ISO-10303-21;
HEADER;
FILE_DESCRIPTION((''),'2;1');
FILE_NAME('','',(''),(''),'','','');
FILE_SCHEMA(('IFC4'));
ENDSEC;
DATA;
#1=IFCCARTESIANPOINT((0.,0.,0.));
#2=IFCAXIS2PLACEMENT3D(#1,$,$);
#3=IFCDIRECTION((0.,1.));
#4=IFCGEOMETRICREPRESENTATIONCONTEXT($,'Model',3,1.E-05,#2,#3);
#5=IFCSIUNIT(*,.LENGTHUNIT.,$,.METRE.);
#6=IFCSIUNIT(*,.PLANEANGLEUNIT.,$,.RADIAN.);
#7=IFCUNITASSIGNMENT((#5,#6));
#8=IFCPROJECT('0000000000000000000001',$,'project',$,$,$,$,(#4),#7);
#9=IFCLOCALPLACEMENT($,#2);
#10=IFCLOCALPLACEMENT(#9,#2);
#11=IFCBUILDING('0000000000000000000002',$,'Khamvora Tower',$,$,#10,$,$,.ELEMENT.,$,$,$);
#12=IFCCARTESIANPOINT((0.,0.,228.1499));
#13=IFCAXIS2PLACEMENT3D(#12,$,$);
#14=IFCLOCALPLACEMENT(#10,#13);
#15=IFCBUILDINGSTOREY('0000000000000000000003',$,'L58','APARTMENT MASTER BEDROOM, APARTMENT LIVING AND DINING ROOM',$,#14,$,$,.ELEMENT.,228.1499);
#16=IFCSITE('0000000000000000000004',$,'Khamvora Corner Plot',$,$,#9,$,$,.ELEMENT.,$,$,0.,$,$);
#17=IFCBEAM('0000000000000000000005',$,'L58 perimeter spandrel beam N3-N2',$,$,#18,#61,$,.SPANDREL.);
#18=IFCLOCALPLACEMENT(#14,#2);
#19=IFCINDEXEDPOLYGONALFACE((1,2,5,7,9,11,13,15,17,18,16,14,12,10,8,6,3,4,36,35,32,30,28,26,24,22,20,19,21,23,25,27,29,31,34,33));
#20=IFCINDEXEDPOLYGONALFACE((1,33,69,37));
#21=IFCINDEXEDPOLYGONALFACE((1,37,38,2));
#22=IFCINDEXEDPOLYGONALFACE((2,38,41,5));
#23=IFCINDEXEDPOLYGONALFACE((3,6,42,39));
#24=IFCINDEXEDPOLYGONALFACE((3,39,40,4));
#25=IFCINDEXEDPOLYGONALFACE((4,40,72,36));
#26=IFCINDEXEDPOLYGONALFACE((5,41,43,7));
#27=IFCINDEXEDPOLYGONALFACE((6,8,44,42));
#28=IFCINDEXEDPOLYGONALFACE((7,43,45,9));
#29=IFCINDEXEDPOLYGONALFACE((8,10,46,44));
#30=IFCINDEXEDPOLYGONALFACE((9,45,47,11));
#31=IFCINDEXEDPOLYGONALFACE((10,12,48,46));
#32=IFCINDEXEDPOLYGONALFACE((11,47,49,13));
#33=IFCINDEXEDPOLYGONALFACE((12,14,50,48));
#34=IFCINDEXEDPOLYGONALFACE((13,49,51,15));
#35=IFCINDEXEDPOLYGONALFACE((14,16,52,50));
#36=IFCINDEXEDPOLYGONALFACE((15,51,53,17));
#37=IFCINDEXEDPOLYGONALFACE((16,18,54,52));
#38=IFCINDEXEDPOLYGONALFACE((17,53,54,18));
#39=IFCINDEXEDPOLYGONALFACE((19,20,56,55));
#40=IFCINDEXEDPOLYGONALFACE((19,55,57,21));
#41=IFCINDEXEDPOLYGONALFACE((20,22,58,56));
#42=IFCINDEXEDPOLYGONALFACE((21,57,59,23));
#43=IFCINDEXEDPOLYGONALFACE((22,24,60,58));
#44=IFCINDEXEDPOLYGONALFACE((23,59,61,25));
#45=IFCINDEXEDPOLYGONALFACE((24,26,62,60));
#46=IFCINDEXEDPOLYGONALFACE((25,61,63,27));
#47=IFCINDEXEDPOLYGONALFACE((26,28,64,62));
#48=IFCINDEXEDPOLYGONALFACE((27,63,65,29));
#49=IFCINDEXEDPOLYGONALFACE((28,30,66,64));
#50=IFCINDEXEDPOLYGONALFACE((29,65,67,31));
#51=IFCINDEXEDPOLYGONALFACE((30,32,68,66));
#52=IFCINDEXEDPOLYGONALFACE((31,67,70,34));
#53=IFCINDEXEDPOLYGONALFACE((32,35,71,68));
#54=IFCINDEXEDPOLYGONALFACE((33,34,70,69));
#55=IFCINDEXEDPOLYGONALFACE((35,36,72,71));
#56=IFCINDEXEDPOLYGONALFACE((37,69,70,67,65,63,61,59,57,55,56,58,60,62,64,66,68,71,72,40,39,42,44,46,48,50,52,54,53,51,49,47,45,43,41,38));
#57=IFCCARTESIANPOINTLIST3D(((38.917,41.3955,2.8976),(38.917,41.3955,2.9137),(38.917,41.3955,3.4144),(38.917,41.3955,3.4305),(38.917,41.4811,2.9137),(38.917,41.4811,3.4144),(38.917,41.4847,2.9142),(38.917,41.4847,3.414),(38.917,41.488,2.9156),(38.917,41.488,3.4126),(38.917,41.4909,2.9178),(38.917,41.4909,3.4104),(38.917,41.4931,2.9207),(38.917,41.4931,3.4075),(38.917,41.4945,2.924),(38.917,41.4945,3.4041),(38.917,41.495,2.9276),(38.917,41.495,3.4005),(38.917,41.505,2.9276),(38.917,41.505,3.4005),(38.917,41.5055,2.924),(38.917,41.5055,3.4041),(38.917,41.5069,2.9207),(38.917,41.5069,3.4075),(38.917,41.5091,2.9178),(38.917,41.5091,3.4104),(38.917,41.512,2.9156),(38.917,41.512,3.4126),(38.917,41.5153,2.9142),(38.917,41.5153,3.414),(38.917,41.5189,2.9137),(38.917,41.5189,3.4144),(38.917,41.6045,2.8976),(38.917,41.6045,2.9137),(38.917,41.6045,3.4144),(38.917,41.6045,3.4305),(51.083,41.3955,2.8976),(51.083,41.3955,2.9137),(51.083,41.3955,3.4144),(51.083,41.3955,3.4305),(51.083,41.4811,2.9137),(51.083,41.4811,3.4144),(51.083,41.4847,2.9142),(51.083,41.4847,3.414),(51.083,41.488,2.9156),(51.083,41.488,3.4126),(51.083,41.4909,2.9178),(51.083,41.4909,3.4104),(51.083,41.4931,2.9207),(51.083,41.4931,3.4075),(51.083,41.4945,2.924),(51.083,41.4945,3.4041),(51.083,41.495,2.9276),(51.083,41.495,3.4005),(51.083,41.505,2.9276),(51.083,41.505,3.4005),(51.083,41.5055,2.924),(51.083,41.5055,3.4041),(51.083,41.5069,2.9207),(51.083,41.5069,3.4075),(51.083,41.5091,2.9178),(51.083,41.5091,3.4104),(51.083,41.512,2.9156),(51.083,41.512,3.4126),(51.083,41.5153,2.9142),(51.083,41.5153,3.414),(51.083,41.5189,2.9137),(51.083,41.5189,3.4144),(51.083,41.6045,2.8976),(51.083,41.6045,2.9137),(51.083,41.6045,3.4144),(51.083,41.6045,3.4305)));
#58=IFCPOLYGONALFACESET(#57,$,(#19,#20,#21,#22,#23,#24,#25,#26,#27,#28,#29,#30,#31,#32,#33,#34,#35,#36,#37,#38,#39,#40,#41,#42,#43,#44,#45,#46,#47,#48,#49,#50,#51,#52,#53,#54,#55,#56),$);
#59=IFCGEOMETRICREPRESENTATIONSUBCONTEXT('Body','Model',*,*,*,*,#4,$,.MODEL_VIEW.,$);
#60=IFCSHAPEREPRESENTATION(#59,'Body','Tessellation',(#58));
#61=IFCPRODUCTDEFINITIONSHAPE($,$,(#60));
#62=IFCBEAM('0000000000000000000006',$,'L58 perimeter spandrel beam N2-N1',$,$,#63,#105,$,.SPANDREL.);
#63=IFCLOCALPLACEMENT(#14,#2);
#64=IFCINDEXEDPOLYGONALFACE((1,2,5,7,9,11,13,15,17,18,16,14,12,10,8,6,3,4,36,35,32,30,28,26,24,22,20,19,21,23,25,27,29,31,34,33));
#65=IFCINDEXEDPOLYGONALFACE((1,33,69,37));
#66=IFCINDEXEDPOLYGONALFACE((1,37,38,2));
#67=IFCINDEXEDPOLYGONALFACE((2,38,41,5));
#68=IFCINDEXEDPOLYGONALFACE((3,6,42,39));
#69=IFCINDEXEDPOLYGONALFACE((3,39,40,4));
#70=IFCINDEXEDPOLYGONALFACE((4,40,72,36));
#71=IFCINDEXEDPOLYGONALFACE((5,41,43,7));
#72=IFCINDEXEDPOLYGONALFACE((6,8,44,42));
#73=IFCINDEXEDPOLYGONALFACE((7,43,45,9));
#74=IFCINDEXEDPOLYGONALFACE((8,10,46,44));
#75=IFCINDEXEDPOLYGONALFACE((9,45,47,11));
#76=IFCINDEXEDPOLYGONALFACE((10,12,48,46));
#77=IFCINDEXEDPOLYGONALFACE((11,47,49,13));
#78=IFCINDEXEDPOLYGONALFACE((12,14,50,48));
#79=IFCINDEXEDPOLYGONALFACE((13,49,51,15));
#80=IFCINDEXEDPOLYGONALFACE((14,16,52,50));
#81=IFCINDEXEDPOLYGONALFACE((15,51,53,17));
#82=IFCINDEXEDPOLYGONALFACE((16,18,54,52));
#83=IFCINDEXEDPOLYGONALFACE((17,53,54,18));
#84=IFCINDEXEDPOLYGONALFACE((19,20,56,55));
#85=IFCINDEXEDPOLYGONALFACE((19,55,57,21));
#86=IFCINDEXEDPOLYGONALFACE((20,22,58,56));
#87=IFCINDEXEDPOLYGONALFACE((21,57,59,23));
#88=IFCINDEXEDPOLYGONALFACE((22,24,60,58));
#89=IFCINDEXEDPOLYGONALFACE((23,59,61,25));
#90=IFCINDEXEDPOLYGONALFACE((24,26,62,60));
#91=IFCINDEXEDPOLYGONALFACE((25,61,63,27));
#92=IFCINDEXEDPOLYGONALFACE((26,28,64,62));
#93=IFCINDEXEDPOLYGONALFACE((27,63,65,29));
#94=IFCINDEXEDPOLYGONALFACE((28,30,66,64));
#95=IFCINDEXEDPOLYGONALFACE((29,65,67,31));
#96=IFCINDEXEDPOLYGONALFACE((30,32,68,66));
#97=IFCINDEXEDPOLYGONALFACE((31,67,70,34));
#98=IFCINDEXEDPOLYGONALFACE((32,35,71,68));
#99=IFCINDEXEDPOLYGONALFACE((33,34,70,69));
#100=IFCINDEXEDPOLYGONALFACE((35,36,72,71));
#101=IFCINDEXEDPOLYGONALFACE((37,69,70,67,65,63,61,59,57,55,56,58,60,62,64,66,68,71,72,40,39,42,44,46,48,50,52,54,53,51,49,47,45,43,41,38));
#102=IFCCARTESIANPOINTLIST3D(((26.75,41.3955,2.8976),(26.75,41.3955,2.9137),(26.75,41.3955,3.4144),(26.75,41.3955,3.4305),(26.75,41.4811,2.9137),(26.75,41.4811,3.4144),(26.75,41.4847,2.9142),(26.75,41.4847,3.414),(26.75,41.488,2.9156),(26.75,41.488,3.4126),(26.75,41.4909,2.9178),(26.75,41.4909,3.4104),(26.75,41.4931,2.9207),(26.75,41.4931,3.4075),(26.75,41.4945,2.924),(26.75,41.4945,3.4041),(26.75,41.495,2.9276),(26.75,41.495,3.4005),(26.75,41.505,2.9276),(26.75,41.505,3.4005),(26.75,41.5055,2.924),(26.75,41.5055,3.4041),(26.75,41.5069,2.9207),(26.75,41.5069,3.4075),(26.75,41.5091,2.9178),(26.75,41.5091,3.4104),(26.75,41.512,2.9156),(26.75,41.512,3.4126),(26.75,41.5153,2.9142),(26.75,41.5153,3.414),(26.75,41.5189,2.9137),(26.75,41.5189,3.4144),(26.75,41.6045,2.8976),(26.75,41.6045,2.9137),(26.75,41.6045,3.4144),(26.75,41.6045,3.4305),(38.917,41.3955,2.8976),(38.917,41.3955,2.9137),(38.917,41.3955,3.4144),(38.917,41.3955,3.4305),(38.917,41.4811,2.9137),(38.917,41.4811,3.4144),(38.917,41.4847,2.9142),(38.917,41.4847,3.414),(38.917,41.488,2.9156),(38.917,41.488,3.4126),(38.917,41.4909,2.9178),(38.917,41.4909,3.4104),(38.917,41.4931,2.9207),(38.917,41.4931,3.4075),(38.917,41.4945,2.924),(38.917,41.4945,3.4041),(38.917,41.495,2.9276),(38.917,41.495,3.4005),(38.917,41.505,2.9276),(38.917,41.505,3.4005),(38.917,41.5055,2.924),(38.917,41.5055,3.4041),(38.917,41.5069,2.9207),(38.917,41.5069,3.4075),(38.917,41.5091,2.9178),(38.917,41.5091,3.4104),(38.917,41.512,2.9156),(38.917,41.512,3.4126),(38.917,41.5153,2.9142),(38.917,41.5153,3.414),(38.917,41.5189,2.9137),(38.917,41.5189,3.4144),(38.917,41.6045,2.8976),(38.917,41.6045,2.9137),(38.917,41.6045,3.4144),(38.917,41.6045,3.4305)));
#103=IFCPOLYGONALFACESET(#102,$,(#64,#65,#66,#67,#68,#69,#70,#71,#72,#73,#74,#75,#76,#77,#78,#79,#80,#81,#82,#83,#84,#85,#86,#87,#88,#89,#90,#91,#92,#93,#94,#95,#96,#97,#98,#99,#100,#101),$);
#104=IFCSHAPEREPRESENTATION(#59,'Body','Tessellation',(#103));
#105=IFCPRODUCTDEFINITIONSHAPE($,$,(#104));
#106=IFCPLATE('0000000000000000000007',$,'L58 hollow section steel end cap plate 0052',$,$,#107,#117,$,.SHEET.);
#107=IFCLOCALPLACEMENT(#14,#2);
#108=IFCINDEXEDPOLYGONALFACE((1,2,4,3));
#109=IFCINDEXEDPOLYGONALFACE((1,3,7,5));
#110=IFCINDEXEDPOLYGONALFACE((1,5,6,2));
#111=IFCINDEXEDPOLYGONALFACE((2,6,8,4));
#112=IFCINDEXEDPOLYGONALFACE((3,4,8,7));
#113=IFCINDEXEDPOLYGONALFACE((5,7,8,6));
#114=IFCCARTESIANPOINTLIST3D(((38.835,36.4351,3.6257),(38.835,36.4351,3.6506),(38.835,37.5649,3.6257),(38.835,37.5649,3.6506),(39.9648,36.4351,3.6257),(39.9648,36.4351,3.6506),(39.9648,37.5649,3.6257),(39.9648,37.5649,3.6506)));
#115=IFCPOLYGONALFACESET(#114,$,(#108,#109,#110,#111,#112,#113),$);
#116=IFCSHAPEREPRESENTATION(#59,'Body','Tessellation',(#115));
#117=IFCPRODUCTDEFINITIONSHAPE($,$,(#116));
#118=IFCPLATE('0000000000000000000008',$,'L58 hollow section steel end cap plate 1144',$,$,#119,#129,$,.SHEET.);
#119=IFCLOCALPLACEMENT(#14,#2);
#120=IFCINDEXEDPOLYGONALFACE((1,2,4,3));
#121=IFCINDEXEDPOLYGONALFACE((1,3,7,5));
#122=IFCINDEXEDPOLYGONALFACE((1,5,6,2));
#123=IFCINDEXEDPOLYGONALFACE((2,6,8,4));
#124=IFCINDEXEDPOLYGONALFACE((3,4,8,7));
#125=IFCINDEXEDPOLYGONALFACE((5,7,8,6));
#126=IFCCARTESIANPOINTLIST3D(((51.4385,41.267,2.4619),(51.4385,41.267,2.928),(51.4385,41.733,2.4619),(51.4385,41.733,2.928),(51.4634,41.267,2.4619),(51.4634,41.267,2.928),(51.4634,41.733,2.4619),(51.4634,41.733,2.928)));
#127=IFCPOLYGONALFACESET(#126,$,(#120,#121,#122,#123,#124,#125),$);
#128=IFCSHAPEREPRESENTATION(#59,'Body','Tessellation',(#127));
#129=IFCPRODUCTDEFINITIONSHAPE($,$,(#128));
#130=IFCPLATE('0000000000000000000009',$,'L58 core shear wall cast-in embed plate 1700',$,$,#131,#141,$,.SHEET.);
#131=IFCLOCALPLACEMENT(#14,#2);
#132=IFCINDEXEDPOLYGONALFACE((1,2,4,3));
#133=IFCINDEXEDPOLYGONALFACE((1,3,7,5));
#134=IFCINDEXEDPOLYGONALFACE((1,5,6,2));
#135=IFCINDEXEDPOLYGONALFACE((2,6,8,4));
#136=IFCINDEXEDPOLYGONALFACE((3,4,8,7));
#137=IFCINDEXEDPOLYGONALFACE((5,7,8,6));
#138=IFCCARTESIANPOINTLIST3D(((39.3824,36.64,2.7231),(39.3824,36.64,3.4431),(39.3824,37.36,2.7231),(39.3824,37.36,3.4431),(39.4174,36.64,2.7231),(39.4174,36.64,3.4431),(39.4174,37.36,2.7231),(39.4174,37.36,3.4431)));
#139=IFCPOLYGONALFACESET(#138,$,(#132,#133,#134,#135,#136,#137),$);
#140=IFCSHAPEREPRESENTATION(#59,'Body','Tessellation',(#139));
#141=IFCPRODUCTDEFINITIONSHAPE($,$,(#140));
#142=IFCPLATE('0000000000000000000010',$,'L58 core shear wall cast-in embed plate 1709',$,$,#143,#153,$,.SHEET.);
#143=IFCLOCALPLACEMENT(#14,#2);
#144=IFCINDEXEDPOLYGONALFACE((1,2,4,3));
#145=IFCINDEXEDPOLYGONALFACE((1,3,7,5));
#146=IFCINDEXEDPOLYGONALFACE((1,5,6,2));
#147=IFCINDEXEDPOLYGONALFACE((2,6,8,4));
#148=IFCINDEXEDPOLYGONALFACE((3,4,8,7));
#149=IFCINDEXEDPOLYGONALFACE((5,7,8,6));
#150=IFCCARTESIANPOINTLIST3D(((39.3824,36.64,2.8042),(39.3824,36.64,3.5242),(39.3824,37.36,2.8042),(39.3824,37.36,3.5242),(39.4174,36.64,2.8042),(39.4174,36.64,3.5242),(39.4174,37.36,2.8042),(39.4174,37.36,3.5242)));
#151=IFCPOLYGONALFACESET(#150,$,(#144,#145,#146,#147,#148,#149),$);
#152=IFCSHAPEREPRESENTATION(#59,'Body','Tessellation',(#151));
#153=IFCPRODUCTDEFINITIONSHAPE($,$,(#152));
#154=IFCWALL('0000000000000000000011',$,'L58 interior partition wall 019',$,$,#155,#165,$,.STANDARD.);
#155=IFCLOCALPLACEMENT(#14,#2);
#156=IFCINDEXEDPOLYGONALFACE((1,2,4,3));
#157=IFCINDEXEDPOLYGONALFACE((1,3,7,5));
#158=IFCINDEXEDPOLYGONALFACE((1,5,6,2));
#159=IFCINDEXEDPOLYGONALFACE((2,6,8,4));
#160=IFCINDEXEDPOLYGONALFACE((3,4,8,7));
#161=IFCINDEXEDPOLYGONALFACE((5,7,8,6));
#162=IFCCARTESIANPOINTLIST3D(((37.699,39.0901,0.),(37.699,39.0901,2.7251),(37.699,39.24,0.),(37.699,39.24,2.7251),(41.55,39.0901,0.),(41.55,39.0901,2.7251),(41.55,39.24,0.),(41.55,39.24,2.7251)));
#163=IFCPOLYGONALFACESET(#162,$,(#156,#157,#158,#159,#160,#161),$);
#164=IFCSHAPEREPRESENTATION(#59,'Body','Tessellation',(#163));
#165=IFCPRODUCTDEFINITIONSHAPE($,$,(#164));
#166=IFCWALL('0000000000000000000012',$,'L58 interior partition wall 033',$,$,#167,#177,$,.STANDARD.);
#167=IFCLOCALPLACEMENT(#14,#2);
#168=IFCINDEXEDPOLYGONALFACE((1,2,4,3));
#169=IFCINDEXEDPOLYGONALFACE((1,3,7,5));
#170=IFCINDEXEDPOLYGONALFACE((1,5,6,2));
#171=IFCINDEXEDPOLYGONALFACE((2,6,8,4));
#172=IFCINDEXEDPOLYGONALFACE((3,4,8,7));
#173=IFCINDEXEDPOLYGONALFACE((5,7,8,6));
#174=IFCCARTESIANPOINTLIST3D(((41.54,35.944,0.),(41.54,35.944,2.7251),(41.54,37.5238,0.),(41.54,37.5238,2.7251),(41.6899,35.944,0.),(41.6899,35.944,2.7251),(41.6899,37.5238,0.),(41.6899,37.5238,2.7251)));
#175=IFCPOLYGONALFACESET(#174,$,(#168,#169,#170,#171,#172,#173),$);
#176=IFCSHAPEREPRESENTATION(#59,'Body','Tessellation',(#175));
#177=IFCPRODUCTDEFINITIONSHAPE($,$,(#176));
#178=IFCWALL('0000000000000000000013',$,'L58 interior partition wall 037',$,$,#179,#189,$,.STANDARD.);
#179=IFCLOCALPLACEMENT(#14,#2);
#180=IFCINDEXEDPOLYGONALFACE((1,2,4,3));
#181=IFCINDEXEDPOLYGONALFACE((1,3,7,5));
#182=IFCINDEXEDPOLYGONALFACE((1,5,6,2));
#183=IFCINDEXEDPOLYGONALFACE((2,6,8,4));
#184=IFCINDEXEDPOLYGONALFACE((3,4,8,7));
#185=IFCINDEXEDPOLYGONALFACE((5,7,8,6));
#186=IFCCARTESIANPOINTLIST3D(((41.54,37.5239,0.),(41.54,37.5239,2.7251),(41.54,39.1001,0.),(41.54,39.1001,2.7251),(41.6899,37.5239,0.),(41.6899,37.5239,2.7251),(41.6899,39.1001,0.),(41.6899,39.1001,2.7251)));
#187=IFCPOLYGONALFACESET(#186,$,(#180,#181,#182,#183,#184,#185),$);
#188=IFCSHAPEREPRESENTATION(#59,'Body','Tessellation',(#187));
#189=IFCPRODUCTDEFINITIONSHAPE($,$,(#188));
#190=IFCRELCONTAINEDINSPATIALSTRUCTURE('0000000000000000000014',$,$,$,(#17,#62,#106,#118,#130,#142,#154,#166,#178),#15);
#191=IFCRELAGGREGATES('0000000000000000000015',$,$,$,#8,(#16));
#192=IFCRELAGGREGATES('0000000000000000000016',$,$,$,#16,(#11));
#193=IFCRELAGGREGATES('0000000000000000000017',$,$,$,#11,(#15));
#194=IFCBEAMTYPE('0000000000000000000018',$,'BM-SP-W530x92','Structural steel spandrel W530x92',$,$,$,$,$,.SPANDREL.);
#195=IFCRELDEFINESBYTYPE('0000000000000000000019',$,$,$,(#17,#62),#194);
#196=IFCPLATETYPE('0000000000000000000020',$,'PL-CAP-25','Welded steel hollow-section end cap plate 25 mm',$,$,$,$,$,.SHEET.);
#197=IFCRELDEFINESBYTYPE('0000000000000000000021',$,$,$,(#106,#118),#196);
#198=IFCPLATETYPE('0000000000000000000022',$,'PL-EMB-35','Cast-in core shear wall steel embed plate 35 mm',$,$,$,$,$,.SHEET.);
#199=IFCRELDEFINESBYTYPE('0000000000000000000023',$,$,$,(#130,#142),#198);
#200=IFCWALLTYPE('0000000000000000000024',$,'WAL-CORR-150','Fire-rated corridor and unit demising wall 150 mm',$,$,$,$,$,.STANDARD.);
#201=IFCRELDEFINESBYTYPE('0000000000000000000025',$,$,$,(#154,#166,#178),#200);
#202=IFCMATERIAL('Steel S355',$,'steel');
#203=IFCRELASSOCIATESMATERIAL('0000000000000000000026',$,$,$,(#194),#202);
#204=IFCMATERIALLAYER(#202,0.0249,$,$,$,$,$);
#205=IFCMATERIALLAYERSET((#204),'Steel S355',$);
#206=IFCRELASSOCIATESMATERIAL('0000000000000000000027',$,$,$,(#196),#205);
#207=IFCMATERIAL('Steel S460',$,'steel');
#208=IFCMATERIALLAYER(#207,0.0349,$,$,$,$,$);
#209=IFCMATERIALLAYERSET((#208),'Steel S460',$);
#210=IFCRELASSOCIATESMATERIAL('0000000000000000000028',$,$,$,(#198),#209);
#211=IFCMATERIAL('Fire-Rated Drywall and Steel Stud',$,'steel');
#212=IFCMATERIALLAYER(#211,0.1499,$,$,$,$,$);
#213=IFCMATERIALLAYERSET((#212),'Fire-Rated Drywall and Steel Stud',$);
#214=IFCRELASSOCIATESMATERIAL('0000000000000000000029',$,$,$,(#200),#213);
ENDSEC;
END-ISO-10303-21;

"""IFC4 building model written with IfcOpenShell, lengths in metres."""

from ifc_helpers import new_model, si_unit, direction, frame, frame_2d, origin, origin_2d, place, context, subcontext, project, spatial, rectangle, i_section, extrude, material, layer, layer_set, material_profile, profile_set, type_object, element, save


model = new_model("IFC4")

# Units and contexts
model_context = context("Model", 3, precision=1e-05, world=origin(), true_north=direction((0.0, 1.0)))
body_context = subcontext(model_context, "Body", "Model", "MODEL_VIEW")
ifc_project = project(units=[si_unit("LENGTHUNIT", "METRE"), si_unit("PLANEANGLEUNIT", "RADIAN")], contexts=[model_context])

# Site, building, storey
site_placement = place(None, origin())
site = spatial("IfcSite", under=ifc_project, at=site_placement, Name="Khamvora Corner Plot", CompositionType="ELEMENT", RefElevation=0.0)
building_placement = place(site_placement, origin())
building = spatial("IfcBuilding", under=site, at=building_placement, Name="Khamvora Tower", CompositionType="ELEMENT")
storey_placement = place(building_placement, frame((0.0, 0.0, 228.1499)))
storey = spatial("IfcBuildingStorey", under=building, at=storey_placement, Name="L58", Description="APARTMENT MASTER BEDROOM, APARTMENT LIVING AND DINING ROOM", CompositionType="ELEMENT", Elevation=228.1499)

# Shared definitions
ifc_material_1 = material(Name="Steel S355", Category="steel")

# Beams
ifc_material_profile_1 = material_profile(ifc_material_1, i_section(OverallWidth=0.209, OverallDepth=0.533, WebThickness=0.01, FlangeThickness=0.0161, FilletRadius=0.0139, at=origin_2d()), Name="W530x92")
ifc_profile_set_1 = profile_set([ifc_material_profile_1], Name="Steel S355")
beam_type_1 = type_object("IfcBeamType", Name="BM-SP-W530x92", Description="Structural steel spandrel W530x92", PredefinedType="SPANDREL", material=ifc_profile_set_1)
beam_1_placement = place(storey_placement, frame((51.083, 41.5, 3.1641), z_axis=(-1.0, 0.0, 0.0), x_axis=(0.0, -1.0, 0.0)))
element("IfcBeam", 1, at=beam_1_placement, inside=storey, type_object=beam_type_1, Name="L58 perimeter spandrel beam N3-N2", PredefinedType="SPANDREL", context=body_context, shape_type="SweptSolid", body=[
    extrude(i_section(OverallWidth=0.209, OverallDepth=0.533, WebThickness=0.01, FlangeThickness=0.0161, FilletRadius=0.0139, at=origin_2d()), origin(), (0.0, 0.0, 1.0), 12.166),
])
beam_2_placement = place(storey_placement, frame((38.917, 41.5, 3.1641), z_axis=(-1.0, 0.0, 0.0), x_axis=(0.0, -1.0, 0.0)))
element("IfcBeam", 2, at=beam_2_placement, inside=storey, type_object=beam_type_1, Name="L58 perimeter spandrel beam N2-N1", PredefinedType="SPANDREL", context=body_context, shape_type="SweptSolid", body=[
    extrude(i_section(OverallWidth=0.209, OverallDepth=0.533, WebThickness=0.01, FlangeThickness=0.0161, FilletRadius=0.0139, at=origin_2d()), origin(), (0.0, 0.0, 1.0), 12.167),
])

# Plates
ifc_layer_1 = layer(ifc_material_1, 0.0249)
ifc_layer_set_1 = layer_set([ifc_layer_1], Name="Steel S355")
plate_type_1 = type_object("IfcPlateType", Name="PL-CAP-25", Description="Welded steel hollow-section end cap plate 25 mm", PredefinedType="SHEET", material=ifc_layer_set_1)
plate_1_placement = place(storey_placement, frame((39.3999, 37.0, 3.6257), z_axis=(0.0, 0.0, 1.0), x_axis=(1.0, 0.0, 0.0)))
element("IfcPlate", 3, at=plate_1_placement, inside=storey, type_object=plate_type_1, Name="L58 hollow section steel end cap plate 0052", PredefinedType="SHEET", context=body_context, shape_type="SweptSolid", body=[
    extrude(rectangle(XDim=1.1299, YDim=1.1299, at=origin_2d()), origin(), (0.0, 0.0, 1.0), 0.0249),
])
plate_2_placement = place(storey_placement, frame((51.4509, 41.5, 2.4619), z_axis=(0.0, 0.0, 1.0), x_axis=(1.0, 0.0, 0.0)))
element("IfcPlate", 4, at=plate_2_placement, inside=storey, type_object=plate_type_1, Name="L58 hollow section steel end cap plate 1144", PredefinedType="SHEET", context=body_context, shape_type="SweptSolid", body=[
    extrude(rectangle(XDim=0.0249, YDim=0.4661, at=origin_2d()), origin(), (0.0, 0.0, 1.0), 0.4661),
])
ifc_material_2 = material(Name="Steel S460", Category="steel")
ifc_layer_2 = layer(ifc_material_2, 0.0349)
ifc_layer_set_2 = layer_set([ifc_layer_2], Name="Steel S460")
plate_type_2 = type_object("IfcPlateType", Name="PL-EMB-35", Description="Cast-in core shear wall steel embed plate 35 mm", PredefinedType="SHEET", material=ifc_layer_set_2)
for number, where, z_axis, x_axis, name in (
    (5, (39.3999, 37.0, 2.7231), (0.0, 0.0, 1.0), (1.0, 0.0, 0.0), "L58 core shear wall cast-in embed plate 1700"),
    (6, (39.3999, 37.0, 2.8042), (0.0, 0.0, 1.0), (1.0, 0.0, 0.0), "L58 core shear wall cast-in embed plate 1709"),
):
    element("IfcPlate", number, at=place(storey_placement, frame(where, z_axis=z_axis, x_axis=x_axis)), inside=storey, type_object=plate_type_2, Name=name, PredefinedType="SHEET", context=body_context, shape_type="SweptSolid", body=[
        extrude(rectangle(XDim=0.0349, YDim=0.72, at=origin_2d()), origin(), (0.0, 0.0, 1.0), 0.72),
    ])

# Walls
ifc_material_3 = material(Name="Fire-Rated Drywall and Steel Stud", Category="steel")
ifc_layer_3 = layer(ifc_material_3, 0.1499)
ifc_layer_set_3 = layer_set([ifc_layer_3], Name="Fire-Rated Drywall and Steel Stud")
wall_type_1 = type_object("IfcWallType", Name="WAL-CORR-150", Description="Fire-rated corridor and unit demising wall 150 mm", PredefinedType="STANDARD", material=ifc_layer_set_3)
wall_1_placement = place(storey_placement, frame((37.699, 39.165, 0.0), z_axis=(0.0, 0.0, 1.0), x_axis=(1.0, 0.0, 0.0)))
element("IfcWall", 7, at=wall_1_placement, inside=storey, type_object=wall_type_1, Name="L58 interior partition wall 019", PredefinedType="STANDARD", context=body_context, shape_type="SweptSolid", body=[
    extrude(rectangle(XDim=3.8511, YDim=0.1499, at=frame_2d((1.9255, 0.0))), origin(), (0.0, 0.0, 1.0), 2.7251),
])
wall_2_placement = place(storey_placement, frame((41.615, 37.5239, 0.0), z_axis=(0.0, 0.0, 1.0), x_axis=(0.0, -1.0, 0.0)))
element("IfcWall", 8, at=wall_2_placement, inside=storey, type_object=wall_type_1, Name="L58 interior partition wall 033", PredefinedType="STANDARD", context=body_context, shape_type="SweptSolid", body=[
    extrude(rectangle(XDim=1.5798, YDim=0.1499, at=frame_2d((0.79, 0.0))), origin(), (0.0, 0.0, 1.0), 2.7251),
])
wall_3_placement = place(storey_placement, frame((41.615, 39.1001, 0.0), z_axis=(0.0, 0.0, 1.0), x_axis=(0.0, -1.0, 0.0)))
element("IfcWall", 9, at=wall_3_placement, inside=storey, type_object=wall_type_1, Name="L58 interior partition wall 037", PredefinedType="STANDARD", context=body_context, shape_type="SweptSolid", body=[
    extrude(rectangle(XDim=1.5762, YDim=0.1499, at=frame_2d((0.7881, 0.0))), origin(), (0.0, 0.0, 1.0), 2.7251),
])

save(model, "model.ifc")
